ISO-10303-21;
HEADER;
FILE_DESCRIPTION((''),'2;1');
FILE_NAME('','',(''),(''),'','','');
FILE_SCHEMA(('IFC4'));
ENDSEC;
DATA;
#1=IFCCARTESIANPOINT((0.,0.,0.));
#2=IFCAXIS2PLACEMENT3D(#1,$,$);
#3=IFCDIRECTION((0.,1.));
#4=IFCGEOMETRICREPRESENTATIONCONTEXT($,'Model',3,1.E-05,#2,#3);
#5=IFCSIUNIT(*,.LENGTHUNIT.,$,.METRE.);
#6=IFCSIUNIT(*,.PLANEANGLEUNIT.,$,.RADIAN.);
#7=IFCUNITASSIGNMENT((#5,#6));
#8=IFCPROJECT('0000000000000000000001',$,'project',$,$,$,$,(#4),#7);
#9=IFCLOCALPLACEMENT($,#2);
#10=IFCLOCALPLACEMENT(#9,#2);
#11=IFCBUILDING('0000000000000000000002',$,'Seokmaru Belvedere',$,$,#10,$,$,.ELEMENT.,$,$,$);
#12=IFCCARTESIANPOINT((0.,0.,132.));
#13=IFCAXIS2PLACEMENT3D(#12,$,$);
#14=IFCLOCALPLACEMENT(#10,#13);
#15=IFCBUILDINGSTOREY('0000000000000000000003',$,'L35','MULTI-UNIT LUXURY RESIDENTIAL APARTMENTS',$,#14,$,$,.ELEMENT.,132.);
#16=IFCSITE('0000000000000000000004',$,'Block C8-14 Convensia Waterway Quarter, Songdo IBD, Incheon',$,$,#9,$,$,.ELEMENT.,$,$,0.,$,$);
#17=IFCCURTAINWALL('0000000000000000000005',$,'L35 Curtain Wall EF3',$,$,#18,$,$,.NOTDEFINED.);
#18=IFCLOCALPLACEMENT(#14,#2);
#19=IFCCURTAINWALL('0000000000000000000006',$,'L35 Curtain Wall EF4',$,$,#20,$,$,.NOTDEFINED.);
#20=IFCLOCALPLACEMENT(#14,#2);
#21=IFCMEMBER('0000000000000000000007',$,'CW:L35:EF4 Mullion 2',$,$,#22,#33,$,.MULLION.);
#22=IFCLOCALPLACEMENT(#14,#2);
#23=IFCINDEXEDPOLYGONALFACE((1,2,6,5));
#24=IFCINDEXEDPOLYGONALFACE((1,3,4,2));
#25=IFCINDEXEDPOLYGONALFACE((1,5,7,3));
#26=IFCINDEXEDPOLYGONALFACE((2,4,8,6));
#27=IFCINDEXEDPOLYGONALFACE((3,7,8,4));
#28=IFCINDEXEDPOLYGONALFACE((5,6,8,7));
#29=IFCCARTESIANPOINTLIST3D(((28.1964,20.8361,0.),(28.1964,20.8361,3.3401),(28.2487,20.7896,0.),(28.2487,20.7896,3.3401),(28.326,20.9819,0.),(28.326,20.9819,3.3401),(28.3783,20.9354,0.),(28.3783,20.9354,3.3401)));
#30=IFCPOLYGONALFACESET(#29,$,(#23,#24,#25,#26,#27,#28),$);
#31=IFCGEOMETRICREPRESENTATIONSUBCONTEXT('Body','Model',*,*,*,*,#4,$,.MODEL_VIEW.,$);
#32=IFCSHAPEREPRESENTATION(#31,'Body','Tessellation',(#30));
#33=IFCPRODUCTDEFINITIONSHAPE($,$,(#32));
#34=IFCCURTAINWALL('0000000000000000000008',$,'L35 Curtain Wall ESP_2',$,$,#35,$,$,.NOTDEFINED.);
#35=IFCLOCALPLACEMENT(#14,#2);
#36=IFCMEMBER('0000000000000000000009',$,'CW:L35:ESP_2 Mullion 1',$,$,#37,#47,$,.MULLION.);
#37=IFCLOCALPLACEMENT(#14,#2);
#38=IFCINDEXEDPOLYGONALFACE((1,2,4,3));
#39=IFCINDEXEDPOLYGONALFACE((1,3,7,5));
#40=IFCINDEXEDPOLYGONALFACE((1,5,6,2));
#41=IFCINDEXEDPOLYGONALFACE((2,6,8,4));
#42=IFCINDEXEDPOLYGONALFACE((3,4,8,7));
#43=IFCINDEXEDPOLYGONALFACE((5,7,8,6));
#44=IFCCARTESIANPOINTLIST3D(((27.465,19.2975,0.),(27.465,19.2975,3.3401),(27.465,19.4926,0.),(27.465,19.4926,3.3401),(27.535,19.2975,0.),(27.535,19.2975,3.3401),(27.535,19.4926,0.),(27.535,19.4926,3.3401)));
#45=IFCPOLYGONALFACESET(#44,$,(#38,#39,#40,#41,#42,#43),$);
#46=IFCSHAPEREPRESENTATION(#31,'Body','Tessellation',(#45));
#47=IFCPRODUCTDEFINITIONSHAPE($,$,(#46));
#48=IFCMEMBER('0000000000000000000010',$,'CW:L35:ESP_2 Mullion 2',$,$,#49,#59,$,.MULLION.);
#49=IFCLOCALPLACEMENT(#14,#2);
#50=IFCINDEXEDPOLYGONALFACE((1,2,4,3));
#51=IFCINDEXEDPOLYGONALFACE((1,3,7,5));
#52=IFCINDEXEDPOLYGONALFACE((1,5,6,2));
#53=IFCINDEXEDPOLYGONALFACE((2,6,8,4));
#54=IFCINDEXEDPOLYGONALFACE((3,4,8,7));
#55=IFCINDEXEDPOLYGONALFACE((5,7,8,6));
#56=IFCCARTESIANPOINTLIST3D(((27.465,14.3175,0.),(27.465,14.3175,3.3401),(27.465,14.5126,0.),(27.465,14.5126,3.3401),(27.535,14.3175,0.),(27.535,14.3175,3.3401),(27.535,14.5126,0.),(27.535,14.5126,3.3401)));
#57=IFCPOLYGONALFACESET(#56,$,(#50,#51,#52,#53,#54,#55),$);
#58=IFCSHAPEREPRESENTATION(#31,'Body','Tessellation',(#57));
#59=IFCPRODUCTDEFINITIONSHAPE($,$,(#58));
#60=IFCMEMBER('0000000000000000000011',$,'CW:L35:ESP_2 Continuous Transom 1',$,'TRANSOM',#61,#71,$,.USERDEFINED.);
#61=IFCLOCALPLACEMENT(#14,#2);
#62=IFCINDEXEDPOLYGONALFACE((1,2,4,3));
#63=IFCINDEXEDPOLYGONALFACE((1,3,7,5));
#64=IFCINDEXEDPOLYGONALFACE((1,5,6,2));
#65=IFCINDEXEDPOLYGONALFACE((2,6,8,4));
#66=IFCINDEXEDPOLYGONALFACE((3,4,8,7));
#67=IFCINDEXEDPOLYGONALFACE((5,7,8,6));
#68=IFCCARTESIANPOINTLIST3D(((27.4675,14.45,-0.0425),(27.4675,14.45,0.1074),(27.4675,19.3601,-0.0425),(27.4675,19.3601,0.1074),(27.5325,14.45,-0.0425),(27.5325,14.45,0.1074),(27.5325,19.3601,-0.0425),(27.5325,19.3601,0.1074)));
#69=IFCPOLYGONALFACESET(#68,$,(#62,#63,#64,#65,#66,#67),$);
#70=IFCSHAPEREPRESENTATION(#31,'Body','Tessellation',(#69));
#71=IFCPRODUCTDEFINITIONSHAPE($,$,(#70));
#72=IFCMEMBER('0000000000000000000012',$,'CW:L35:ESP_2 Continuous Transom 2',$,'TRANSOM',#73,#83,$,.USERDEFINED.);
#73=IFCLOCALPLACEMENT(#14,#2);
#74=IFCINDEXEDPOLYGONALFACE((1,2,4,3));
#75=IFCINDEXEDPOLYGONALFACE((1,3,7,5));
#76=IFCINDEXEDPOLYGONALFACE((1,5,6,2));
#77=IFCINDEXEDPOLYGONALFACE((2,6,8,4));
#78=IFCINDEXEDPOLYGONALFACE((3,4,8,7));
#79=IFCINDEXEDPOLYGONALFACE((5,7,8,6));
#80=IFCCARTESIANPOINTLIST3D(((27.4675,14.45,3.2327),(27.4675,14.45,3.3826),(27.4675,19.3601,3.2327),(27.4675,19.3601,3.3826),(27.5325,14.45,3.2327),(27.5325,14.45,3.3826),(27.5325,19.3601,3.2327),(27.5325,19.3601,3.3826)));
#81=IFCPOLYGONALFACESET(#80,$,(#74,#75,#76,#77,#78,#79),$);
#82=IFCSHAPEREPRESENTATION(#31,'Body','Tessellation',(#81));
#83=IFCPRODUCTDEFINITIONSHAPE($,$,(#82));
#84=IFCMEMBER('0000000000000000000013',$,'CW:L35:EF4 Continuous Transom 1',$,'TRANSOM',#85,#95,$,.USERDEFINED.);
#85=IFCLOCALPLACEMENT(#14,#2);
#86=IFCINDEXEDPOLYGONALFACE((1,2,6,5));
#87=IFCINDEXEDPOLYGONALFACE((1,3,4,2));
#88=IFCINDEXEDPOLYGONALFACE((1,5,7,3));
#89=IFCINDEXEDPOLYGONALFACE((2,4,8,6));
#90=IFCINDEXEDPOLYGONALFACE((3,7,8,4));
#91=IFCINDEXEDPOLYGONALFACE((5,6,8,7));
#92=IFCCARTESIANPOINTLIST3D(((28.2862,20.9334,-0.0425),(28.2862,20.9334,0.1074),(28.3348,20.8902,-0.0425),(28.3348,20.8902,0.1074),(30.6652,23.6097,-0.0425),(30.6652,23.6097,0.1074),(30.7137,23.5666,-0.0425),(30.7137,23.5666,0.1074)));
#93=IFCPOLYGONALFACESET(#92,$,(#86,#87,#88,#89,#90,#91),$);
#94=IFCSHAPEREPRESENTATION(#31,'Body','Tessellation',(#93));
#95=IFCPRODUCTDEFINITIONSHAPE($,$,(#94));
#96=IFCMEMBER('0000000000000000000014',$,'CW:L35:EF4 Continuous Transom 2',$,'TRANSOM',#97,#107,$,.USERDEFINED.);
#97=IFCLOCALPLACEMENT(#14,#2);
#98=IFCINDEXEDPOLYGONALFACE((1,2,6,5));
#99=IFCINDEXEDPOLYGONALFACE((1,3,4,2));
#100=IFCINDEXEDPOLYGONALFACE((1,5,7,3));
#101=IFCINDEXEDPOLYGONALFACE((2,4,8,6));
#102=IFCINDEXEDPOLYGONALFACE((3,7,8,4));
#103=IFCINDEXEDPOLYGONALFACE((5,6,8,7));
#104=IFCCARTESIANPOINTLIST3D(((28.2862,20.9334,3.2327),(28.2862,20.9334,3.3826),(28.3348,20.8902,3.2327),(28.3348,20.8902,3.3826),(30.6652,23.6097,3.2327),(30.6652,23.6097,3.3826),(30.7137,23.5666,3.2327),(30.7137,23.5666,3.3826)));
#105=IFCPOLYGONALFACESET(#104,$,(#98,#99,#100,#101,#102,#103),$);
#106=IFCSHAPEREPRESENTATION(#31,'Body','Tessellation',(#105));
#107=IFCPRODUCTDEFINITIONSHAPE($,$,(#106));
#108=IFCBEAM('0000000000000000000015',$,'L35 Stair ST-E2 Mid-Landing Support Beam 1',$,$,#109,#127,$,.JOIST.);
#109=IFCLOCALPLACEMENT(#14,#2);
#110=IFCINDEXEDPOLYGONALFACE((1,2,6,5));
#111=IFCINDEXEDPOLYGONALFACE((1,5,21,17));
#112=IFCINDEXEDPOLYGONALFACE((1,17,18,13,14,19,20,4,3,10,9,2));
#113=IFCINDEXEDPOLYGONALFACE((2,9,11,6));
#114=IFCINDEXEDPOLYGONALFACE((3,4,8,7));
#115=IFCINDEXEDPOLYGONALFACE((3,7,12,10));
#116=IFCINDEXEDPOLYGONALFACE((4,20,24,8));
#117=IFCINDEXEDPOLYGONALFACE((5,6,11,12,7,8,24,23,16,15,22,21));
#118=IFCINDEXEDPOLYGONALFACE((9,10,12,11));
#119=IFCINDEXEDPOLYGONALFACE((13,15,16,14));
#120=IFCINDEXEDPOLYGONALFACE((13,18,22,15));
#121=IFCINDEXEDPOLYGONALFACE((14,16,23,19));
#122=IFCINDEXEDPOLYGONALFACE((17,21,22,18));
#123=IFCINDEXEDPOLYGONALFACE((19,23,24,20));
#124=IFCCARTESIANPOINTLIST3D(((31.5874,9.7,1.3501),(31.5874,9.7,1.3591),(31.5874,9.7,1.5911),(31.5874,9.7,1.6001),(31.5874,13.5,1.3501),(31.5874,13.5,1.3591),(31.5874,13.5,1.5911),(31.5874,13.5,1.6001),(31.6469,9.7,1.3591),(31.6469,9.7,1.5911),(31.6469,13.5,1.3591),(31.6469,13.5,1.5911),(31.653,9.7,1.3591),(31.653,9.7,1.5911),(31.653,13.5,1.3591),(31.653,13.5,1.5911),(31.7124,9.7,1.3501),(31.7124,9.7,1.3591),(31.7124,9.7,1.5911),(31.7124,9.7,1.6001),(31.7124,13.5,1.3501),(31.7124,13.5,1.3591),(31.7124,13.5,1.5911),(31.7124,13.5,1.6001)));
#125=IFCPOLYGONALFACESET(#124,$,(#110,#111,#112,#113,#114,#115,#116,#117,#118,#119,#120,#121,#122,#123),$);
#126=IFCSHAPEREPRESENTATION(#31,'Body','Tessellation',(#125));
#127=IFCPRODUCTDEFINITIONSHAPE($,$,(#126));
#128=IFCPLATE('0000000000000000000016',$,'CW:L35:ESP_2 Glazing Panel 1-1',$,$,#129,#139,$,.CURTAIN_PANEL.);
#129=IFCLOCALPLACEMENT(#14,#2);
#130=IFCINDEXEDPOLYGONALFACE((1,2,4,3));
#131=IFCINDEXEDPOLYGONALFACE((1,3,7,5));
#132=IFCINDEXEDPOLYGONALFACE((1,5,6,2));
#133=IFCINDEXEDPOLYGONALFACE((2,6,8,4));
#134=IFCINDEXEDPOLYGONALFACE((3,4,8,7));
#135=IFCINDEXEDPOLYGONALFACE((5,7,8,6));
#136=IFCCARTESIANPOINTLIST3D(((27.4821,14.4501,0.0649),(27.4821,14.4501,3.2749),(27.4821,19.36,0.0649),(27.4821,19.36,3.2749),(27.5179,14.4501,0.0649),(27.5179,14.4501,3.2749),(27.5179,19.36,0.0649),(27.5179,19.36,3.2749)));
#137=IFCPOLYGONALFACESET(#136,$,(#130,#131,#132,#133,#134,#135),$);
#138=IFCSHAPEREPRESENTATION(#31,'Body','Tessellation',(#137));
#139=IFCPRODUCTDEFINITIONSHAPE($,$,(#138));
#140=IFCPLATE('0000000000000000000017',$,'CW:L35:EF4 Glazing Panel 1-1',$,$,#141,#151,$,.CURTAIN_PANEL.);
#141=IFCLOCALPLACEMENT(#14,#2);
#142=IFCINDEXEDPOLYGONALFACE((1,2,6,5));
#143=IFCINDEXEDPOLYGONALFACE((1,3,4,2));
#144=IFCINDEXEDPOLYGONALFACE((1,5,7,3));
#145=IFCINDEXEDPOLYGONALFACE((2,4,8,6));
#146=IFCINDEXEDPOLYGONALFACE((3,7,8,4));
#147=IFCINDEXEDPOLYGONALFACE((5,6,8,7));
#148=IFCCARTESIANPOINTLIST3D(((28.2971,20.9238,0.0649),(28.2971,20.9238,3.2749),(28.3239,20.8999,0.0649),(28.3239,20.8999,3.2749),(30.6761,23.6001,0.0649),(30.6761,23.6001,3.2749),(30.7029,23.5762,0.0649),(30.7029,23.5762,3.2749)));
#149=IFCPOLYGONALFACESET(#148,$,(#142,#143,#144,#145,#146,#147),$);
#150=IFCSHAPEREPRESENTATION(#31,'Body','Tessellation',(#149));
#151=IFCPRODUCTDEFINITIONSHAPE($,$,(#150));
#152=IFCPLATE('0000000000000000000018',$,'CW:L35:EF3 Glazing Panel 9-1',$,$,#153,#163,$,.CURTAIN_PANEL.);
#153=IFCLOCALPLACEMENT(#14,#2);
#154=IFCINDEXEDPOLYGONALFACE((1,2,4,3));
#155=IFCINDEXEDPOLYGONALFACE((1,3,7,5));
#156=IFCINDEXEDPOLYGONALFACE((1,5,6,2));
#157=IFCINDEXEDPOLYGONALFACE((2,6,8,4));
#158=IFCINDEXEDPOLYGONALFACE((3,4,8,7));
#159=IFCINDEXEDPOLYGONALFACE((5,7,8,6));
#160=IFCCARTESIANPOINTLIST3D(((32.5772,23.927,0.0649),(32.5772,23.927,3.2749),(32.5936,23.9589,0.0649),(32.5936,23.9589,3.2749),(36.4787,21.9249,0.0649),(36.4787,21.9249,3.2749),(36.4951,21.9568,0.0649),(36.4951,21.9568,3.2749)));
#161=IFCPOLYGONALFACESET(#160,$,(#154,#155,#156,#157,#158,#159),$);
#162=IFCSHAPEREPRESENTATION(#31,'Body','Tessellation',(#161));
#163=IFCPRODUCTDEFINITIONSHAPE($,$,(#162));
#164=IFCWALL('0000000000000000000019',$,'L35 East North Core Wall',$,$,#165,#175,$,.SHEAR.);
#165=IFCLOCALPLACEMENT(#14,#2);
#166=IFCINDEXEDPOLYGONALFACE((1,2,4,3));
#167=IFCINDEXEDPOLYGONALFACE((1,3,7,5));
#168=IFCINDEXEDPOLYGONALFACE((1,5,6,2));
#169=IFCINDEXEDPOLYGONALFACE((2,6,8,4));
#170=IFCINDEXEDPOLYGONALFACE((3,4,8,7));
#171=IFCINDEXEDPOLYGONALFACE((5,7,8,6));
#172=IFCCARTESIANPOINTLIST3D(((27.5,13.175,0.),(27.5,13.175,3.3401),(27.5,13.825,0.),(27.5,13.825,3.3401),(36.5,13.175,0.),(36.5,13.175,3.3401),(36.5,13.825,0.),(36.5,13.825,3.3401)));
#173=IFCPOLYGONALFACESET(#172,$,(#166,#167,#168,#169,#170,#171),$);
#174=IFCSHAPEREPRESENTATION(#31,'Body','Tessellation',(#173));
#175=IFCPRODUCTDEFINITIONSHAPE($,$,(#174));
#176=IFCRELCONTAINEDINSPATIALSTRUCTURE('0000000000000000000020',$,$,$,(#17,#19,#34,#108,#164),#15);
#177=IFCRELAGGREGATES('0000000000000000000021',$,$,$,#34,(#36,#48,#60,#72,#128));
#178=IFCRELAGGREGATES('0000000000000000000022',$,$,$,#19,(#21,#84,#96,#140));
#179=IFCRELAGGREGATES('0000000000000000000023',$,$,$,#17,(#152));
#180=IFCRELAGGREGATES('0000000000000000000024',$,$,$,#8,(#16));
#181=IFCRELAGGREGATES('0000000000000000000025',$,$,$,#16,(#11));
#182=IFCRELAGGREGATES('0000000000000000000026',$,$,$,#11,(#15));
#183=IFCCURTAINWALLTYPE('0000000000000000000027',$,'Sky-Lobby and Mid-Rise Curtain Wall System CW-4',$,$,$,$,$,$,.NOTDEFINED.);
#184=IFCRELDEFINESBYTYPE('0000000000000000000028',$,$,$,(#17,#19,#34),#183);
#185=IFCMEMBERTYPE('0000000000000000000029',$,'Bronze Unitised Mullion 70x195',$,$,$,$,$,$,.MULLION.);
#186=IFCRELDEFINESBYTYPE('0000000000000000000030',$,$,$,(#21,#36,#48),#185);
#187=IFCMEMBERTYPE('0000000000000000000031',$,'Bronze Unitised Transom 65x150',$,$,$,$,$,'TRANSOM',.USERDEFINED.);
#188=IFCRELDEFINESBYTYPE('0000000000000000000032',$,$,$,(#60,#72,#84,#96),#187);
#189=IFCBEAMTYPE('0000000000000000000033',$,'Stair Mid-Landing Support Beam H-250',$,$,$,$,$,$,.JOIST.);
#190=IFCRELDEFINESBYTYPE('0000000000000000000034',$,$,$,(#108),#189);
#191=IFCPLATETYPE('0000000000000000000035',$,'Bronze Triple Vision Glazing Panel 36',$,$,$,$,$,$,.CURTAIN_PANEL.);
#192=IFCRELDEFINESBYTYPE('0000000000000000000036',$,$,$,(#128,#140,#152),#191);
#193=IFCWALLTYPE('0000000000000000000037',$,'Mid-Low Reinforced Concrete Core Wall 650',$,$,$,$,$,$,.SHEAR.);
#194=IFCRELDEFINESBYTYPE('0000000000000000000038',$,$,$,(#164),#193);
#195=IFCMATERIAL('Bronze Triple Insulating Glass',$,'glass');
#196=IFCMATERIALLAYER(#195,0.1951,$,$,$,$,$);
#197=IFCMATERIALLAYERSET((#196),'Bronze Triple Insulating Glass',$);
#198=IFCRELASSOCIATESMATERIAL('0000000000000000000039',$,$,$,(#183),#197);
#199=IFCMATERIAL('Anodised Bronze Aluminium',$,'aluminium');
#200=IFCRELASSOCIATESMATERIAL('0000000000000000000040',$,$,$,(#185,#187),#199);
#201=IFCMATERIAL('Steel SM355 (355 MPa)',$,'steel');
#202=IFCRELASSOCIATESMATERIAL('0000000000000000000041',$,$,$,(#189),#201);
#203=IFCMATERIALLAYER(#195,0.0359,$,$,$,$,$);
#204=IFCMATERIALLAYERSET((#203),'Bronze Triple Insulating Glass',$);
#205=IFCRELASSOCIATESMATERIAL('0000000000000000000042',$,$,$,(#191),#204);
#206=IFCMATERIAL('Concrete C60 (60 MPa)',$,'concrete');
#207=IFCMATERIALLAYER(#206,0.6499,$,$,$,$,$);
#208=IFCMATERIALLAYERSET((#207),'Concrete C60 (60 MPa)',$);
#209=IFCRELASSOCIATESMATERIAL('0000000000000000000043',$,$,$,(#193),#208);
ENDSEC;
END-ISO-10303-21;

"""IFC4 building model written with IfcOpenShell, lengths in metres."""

from ifc_helpers import new_model, si_unit, direction, frame, frame_2d, origin, origin_2d, place, context, subcontext, project, spatial, rectangle, i_section, extrude, source, transform, mapped, material, layer, layer_set, material_profile, profile_set, type_object, type_shapes, element, aggregate, save


model = new_model("IFC4")

# Units and contexts
model_context = context("Model", 3, precision=1e-05, world=origin(), true_north=direction((0.0, 1.0)))
body_context = subcontext(model_context, "Body", "Model", "MODEL_VIEW")
ifc_project = project(units=[si_unit("LENGTHUNIT", "METRE"), si_unit("PLANEANGLEUNIT", "RADIAN")], contexts=[model_context])

# Site, building, storey
site_placement = place(None, origin())
site = spatial("IfcSite", under=ifc_project, at=site_placement, Name="Block C8-14 Convensia Waterway Quarter, Songdo IBD, Incheon", CompositionType="ELEMENT", RefElevation=0.0)
building_placement = place(site_placement, origin())
building = spatial("IfcBuilding", under=site, at=building_placement, Name="Seokmaru Belvedere", CompositionType="ELEMENT")
storey_placement = place(building_placement, frame((0.0, 0.0, 132.0)))
storey = spatial("IfcBuildingStorey", under=building, at=storey_placement, Name="L35", Description="MULTI-UNIT LUXURY RESIDENTIAL APARTMENTS", CompositionType="ELEMENT", Elevation=132.0)

# Shared definitions
ifc_material_1 = material(Name="Steel SM355 (355 MPa)", Category="steel")

# Curtain wall
ifc_material_2 = material(Name="Bronze Triple Insulating Glass", Category="glass")
ifc_layer_1 = layer(ifc_material_2, 0.1951)
ifc_layer_set_1 = layer_set([ifc_layer_1], Name="Bronze Triple Insulating Glass")
curtain_wall_type = type_object("IfcCurtainWallType", Name="Sky-Lobby and Mid-Rise Curtain Wall System CW-4", PredefinedType="NOTDEFINED", material=ifc_layer_set_1)
curtain_wall_1_placement = place(storey_placement, origin())
curtain_wall_1 = element("IfcCurtainWall", 1, at=curtain_wall_1_placement, inside=storey, type_object=curtain_wall_type, Name="L35 Curtain Wall EF3", PredefinedType="NOTDEFINED")
ifc_material_3 = material(Name="Anodised Bronze Aluminium", Category="aluminium")
ifc_material_profile_1 = material_profile(ifc_material_3, rectangle(XDim=0.0701, YDim=0.1951, at=origin_2d()), Name="CW-M-70x195")
ifc_profile_set_1 = profile_set([ifc_material_profile_1], Name="Anodised Bronze Aluminium")
member_type_1 = type_object("IfcMemberType", Name="Bronze Unitised Mullion 70x195", PredefinedType="MULLION", material=ifc_profile_set_1)
shared_shape_1 = source(origin(), body_context, "Body", "SweptSolid", [
    extrude(rectangle(XDim=0.0701, YDim=0.1951, at=origin_2d()), origin(), (0.0, 0.0, 1.0), 3.3401),
])
type_shapes(member_type_1, [shared_shape_1])

# Curtain walls, members
curtain_wall_2_placement = place(storey_placement, origin())
curtain_wall_2 = element("IfcCurtainWall", 2, at=curtain_wall_2_placement, inside=storey, type_object=curtain_wall_type, Name="L35 Curtain Wall EF4", PredefinedType="NOTDEFINED")
member_1_placement = place(storey_placement, frame((28.2874, 20.8857, 0.0), z_axis=(0.0, 0.0, 1.0), x_axis=(0.74741, -0.664363, 0.0)))
member_1 = element("IfcMember", 3, at=member_1_placement, type_object=member_type_1, Name="CW:L35:EF4 Mullion 2", PredefinedType="MULLION", context=body_context, shape_type="MappedRepresentation", body=[
    mapped(shared_shape_1, transform((0.0, 0.0, 0.0), scale=1.0)),
])
curtain_wall_3_placement = place(storey_placement, origin())
curtain_wall_3 = element("IfcCurtainWall", 4, at=curtain_wall_3_placement, inside=storey, type_object=curtain_wall_type, Name="L35 Curtain Wall ESP_2", PredefinedType="NOTDEFINED")
member_2_placement = place(storey_placement, frame((27.5, 19.395, 0.0), z_axis=(0.0, 0.0, 1.0), x_axis=(1.0, 0.0, 0.0)))
member_2 = element("IfcMember", 5, at=member_2_placement, type_object=member_type_1, Name="CW:L35:ESP_2 Mullion 1", PredefinedType="MULLION", context=body_context, shape_type="MappedRepresentation", body=[
    mapped(shared_shape_1, transform((0.0, 0.0, 0.0), scale=1.0)),
])
member_3_placement = place(storey_placement, frame((27.5, 14.415, 0.0), z_axis=(0.0, 0.0, 1.0), x_axis=(1.0, 0.0, 0.0)))
member_3 = element("IfcMember", 6, at=member_3_placement, type_object=member_type_1, Name="CW:L35:ESP_2 Mullion 2", PredefinedType="MULLION", context=body_context, shape_type="MappedRepresentation", body=[
    mapped(shared_shape_1, transform((0.0, 0.0, 0.0), scale=1.0)),
])
ifc_material_profile_2 = material_profile(ifc_material_3, rectangle(XDim=0.0649, YDim=0.1499, at=origin_2d()), Name="CW-T-65x150")
ifc_profile_set_2 = profile_set([ifc_material_profile_2], Name="Anodised Bronze Aluminium")
member_type_2 = type_object("IfcMemberType", Name="Bronze Unitised Transom 65x150", ElementType="TRANSOM", PredefinedType="USERDEFINED", material=ifc_profile_set_2)
shared_shape_2 = source(origin(), body_context, "Body", "SweptSolid", [
    extrude(rectangle(XDim=0.0649, YDim=0.1499, at=origin_2d()), origin(), (0.0, 0.0, 1.0), 4.9102),
])
member_4_placement = place(storey_placement, frame((27.5, 19.3601, 0.0325), z_axis=(0.0, -1.0, 0.0), x_axis=(1.0, 0.0, 0.0)))
member_4 = element("IfcMember", 7, at=member_4_placement, type_object=member_type_2, Name="CW:L35:ESP_2 Continuous Transom 1", ObjectType="TRANSOM", PredefinedType="USERDEFINED", context=body_context, shape_type="MappedRepresentation", body=[
    mapped(shared_shape_2, transform((0.0, 0.0, 0.0), scale=1.0)),
])
member_5_placement = place(storey_placement, frame((27.5, 19.3601, 3.3076), z_axis=(0.0, -1.0, 0.0), x_axis=(1.0, 0.0, 0.0)))
member_5 = element("IfcMember", 8, at=member_5_placement, type_object=member_type_2, Name="CW:L35:ESP_2 Continuous Transom 2", ObjectType="TRANSOM", PredefinedType="USERDEFINED", context=body_context, shape_type="MappedRepresentation", body=[
    mapped(shared_shape_2, transform((0.0, 0.0, 0.0), scale=1.0)),
])

# Members
shared_shape_3 = source(origin(), body_context, "Body", "SweptSolid", [
    extrude(rectangle(XDim=0.0649, YDim=0.1499, at=origin_2d()), origin(), (0.0, 0.0, 1.0), 3.5808),
])
type_shapes(member_type_2, [shared_shape_2, shared_shape_3])
member_6_placement = place(storey_placement, frame((30.6895, 23.5881, 0.0325), z_axis=(-0.664364, -0.747409, 0.0), x_axis=(0.747409, -0.664364, 0.0)))
member_6 = element("IfcMember", 9, at=member_6_placement, type_object=member_type_2, Name="CW:L35:EF4 Continuous Transom 1", ObjectType="TRANSOM", PredefinedType="USERDEFINED", context=body_context, shape_type="MappedRepresentation", body=[
    mapped(shared_shape_3, transform((0.0, 0.0, 0.0), scale=1.0)),
])
member_7_placement = place(storey_placement, frame((30.6895, 23.5881, 3.3076), z_axis=(-0.664364, -0.747409, 0.0), x_axis=(0.747409, -0.664364, 0.0)))
member_7 = element("IfcMember", 10, at=member_7_placement, type_object=member_type_2, Name="CW:L35:EF4 Continuous Transom 2", ObjectType="TRANSOM", PredefinedType="USERDEFINED", context=body_context, shape_type="MappedRepresentation", body=[
    mapped(shared_shape_3, transform((0.0, 0.0, 0.0), scale=1.0)),
])

# Beam
ifc_material_profile_3 = material_profile(ifc_material_1, i_section(OverallWidth=0.125, OverallDepth=0.25, WebThickness=0.0061, FlangeThickness=0.009, at=origin_2d()), Name="H-250x125x6x9")
ifc_profile_set_3 = profile_set([ifc_material_profile_3], Name="Steel SM355 (355 MPa)")
beam_type_1 = type_object("IfcBeamType", Name="Stair Mid-Landing Support Beam H-250", PredefinedType="JOIST", material=ifc_profile_set_3)
shared_shape_4 = source(origin(), body_context, "Body", "SweptSolid", [
    extrude(i_section(OverallWidth=0.125, OverallDepth=0.25, WebThickness=0.0061, FlangeThickness=0.009, at=origin_2d()), origin(), (0.0, 0.0, 1.0), 3.8),
])
type_shapes(beam_type_1, [shared_shape_4])
beam_1_placement = place(storey_placement, frame((31.6499, 9.7, 1.4751), z_axis=(0.0, 1.0, 0.0), x_axis=(-1.0, 0.0, 0.0)))
element("IfcBeam", 11, at=beam_1_placement, inside=storey, type_object=beam_type_1, Name="L35 Stair ST-E2 Mid-Landing Support Beam 1", PredefinedType="JOIST", context=body_context, shape_type="MappedRepresentation", body=[
    mapped(shared_shape_4, transform((0.0, 0.0, 0.0), scale=1.0)),
])

# Plates
ifc_layer_2 = layer(ifc_material_2, 0.0359)
ifc_layer_set_2 = layer_set([ifc_layer_2], Name="Bronze Triple Insulating Glass")
plate_type = type_object("IfcPlateType", Name="Bronze Triple Vision Glazing Panel 36", PredefinedType="CURTAIN_PANEL", material=ifc_layer_set_2)
shared_shape_5 = source(origin(), body_context, "Body", "SweptSolid", [
    extrude(rectangle(XDim=4.9099, YDim=0.0359, at=origin_2d()), origin(), (0.0, 0.0, 1.0), 3.21),
])
plate_1_placement = place(storey_placement, frame((27.5, 16.905, 0.0649), z_axis=(0.0, 0.0, 1.0), x_axis=(0.0, -1.0, 0.0)))
plate_1 = element("IfcPlate", 12, at=plate_1_placement, type_object=plate_type, Name="CW:L35:ESP_2 Glazing Panel 1-1", PredefinedType="CURTAIN_PANEL", context=body_context, shape_type="MappedRepresentation", body=[
    mapped(shared_shape_5, transform((0.0, 0.0, 0.0), scale=1.0)),
])
aggregate(curtain_wall_3, [member_2, member_3, member_4, member_5, plate_1])
shared_shape_6 = source(origin(), body_context, "Body", "SweptSolid", [
    extrude(rectangle(XDim=3.5808, YDim=0.0359, at=origin_2d()), origin(), (0.0, 0.0, 1.0), 3.21),
])
plate_2_placement = place(storey_placement, frame((29.5, 22.25, 0.0649), z_axis=(0.0, 0.0, 1.0), x_axis=(-0.664363, -0.74741, 0.0)))
plate_2 = element("IfcPlate", 13, at=plate_2_placement, type_object=plate_type, Name="CW:L35:EF4 Glazing Panel 1-1", PredefinedType="CURTAIN_PANEL", context=body_context, shape_type="MappedRepresentation", body=[
    mapped(shared_shape_6, transform((0.0, 0.0, 0.0), scale=1.0)),
])
aggregate(curtain_wall_2, [member_1, member_6, member_7, plate_2])
shared_shape_7 = source(origin(), body_context, "Body", "SweptSolid", [
    extrude(rectangle(XDim=4.3853, YDim=0.0359, at=origin_2d()), origin(), (0.0, 0.0, 1.0), 3.21),
])
type_shapes(plate_type, [shared_shape_5, shared_shape_6, shared_shape_7])
plate_3_placement = place(storey_placement, frame((34.5361, 22.9419, 0.0649), z_axis=(0.0, 0.0, 1.0), x_axis=(-0.889695, 0.456555, 0.0)))
plate_3 = element("IfcPlate", 14, at=plate_3_placement, type_object=plate_type, Name="CW:L35:EF3 Glazing Panel 9-1", PredefinedType="CURTAIN_PANEL", context=body_context, shape_type="MappedRepresentation", body=[
    mapped(shared_shape_7, transform((0.0, 0.0, 0.0), scale=1.0)),
])
aggregate(curtain_wall_1, [plate_3])

# Wall
ifc_material_4 = material(Name="Concrete C60 (60 MPa)", Category="concrete")
ifc_layer_3 = layer(ifc_material_4, 0.6499)
ifc_layer_set_3 = layer_set([ifc_layer_3], Name="Concrete C60 (60 MPa)")
wall_type_1 = type_object("IfcWallType", Name="Mid-Low Reinforced Concrete Core Wall 650", PredefinedType="SHEAR", material=ifc_layer_set_3)
wall_1_placement = place(storey_placement, frame((27.5, 13.5, 0.0), z_axis=(0.0, 0.0, 1.0), x_axis=(1.0, 0.0, 0.0)))
element("IfcWall", 15, at=wall_1_placement, inside=storey, type_object=wall_type_1, Name="L35 East North Core Wall", PredefinedType="SHEAR", context=body_context, shape_type="SweptSolid", body=[
    extrude(rectangle(XDim=9.0, YDim=0.6499, at=frame_2d((4.5, 0.0))), origin(), (0.0, 0.0, 1.0), 3.3401),
])

save(model, "model.ifc")
